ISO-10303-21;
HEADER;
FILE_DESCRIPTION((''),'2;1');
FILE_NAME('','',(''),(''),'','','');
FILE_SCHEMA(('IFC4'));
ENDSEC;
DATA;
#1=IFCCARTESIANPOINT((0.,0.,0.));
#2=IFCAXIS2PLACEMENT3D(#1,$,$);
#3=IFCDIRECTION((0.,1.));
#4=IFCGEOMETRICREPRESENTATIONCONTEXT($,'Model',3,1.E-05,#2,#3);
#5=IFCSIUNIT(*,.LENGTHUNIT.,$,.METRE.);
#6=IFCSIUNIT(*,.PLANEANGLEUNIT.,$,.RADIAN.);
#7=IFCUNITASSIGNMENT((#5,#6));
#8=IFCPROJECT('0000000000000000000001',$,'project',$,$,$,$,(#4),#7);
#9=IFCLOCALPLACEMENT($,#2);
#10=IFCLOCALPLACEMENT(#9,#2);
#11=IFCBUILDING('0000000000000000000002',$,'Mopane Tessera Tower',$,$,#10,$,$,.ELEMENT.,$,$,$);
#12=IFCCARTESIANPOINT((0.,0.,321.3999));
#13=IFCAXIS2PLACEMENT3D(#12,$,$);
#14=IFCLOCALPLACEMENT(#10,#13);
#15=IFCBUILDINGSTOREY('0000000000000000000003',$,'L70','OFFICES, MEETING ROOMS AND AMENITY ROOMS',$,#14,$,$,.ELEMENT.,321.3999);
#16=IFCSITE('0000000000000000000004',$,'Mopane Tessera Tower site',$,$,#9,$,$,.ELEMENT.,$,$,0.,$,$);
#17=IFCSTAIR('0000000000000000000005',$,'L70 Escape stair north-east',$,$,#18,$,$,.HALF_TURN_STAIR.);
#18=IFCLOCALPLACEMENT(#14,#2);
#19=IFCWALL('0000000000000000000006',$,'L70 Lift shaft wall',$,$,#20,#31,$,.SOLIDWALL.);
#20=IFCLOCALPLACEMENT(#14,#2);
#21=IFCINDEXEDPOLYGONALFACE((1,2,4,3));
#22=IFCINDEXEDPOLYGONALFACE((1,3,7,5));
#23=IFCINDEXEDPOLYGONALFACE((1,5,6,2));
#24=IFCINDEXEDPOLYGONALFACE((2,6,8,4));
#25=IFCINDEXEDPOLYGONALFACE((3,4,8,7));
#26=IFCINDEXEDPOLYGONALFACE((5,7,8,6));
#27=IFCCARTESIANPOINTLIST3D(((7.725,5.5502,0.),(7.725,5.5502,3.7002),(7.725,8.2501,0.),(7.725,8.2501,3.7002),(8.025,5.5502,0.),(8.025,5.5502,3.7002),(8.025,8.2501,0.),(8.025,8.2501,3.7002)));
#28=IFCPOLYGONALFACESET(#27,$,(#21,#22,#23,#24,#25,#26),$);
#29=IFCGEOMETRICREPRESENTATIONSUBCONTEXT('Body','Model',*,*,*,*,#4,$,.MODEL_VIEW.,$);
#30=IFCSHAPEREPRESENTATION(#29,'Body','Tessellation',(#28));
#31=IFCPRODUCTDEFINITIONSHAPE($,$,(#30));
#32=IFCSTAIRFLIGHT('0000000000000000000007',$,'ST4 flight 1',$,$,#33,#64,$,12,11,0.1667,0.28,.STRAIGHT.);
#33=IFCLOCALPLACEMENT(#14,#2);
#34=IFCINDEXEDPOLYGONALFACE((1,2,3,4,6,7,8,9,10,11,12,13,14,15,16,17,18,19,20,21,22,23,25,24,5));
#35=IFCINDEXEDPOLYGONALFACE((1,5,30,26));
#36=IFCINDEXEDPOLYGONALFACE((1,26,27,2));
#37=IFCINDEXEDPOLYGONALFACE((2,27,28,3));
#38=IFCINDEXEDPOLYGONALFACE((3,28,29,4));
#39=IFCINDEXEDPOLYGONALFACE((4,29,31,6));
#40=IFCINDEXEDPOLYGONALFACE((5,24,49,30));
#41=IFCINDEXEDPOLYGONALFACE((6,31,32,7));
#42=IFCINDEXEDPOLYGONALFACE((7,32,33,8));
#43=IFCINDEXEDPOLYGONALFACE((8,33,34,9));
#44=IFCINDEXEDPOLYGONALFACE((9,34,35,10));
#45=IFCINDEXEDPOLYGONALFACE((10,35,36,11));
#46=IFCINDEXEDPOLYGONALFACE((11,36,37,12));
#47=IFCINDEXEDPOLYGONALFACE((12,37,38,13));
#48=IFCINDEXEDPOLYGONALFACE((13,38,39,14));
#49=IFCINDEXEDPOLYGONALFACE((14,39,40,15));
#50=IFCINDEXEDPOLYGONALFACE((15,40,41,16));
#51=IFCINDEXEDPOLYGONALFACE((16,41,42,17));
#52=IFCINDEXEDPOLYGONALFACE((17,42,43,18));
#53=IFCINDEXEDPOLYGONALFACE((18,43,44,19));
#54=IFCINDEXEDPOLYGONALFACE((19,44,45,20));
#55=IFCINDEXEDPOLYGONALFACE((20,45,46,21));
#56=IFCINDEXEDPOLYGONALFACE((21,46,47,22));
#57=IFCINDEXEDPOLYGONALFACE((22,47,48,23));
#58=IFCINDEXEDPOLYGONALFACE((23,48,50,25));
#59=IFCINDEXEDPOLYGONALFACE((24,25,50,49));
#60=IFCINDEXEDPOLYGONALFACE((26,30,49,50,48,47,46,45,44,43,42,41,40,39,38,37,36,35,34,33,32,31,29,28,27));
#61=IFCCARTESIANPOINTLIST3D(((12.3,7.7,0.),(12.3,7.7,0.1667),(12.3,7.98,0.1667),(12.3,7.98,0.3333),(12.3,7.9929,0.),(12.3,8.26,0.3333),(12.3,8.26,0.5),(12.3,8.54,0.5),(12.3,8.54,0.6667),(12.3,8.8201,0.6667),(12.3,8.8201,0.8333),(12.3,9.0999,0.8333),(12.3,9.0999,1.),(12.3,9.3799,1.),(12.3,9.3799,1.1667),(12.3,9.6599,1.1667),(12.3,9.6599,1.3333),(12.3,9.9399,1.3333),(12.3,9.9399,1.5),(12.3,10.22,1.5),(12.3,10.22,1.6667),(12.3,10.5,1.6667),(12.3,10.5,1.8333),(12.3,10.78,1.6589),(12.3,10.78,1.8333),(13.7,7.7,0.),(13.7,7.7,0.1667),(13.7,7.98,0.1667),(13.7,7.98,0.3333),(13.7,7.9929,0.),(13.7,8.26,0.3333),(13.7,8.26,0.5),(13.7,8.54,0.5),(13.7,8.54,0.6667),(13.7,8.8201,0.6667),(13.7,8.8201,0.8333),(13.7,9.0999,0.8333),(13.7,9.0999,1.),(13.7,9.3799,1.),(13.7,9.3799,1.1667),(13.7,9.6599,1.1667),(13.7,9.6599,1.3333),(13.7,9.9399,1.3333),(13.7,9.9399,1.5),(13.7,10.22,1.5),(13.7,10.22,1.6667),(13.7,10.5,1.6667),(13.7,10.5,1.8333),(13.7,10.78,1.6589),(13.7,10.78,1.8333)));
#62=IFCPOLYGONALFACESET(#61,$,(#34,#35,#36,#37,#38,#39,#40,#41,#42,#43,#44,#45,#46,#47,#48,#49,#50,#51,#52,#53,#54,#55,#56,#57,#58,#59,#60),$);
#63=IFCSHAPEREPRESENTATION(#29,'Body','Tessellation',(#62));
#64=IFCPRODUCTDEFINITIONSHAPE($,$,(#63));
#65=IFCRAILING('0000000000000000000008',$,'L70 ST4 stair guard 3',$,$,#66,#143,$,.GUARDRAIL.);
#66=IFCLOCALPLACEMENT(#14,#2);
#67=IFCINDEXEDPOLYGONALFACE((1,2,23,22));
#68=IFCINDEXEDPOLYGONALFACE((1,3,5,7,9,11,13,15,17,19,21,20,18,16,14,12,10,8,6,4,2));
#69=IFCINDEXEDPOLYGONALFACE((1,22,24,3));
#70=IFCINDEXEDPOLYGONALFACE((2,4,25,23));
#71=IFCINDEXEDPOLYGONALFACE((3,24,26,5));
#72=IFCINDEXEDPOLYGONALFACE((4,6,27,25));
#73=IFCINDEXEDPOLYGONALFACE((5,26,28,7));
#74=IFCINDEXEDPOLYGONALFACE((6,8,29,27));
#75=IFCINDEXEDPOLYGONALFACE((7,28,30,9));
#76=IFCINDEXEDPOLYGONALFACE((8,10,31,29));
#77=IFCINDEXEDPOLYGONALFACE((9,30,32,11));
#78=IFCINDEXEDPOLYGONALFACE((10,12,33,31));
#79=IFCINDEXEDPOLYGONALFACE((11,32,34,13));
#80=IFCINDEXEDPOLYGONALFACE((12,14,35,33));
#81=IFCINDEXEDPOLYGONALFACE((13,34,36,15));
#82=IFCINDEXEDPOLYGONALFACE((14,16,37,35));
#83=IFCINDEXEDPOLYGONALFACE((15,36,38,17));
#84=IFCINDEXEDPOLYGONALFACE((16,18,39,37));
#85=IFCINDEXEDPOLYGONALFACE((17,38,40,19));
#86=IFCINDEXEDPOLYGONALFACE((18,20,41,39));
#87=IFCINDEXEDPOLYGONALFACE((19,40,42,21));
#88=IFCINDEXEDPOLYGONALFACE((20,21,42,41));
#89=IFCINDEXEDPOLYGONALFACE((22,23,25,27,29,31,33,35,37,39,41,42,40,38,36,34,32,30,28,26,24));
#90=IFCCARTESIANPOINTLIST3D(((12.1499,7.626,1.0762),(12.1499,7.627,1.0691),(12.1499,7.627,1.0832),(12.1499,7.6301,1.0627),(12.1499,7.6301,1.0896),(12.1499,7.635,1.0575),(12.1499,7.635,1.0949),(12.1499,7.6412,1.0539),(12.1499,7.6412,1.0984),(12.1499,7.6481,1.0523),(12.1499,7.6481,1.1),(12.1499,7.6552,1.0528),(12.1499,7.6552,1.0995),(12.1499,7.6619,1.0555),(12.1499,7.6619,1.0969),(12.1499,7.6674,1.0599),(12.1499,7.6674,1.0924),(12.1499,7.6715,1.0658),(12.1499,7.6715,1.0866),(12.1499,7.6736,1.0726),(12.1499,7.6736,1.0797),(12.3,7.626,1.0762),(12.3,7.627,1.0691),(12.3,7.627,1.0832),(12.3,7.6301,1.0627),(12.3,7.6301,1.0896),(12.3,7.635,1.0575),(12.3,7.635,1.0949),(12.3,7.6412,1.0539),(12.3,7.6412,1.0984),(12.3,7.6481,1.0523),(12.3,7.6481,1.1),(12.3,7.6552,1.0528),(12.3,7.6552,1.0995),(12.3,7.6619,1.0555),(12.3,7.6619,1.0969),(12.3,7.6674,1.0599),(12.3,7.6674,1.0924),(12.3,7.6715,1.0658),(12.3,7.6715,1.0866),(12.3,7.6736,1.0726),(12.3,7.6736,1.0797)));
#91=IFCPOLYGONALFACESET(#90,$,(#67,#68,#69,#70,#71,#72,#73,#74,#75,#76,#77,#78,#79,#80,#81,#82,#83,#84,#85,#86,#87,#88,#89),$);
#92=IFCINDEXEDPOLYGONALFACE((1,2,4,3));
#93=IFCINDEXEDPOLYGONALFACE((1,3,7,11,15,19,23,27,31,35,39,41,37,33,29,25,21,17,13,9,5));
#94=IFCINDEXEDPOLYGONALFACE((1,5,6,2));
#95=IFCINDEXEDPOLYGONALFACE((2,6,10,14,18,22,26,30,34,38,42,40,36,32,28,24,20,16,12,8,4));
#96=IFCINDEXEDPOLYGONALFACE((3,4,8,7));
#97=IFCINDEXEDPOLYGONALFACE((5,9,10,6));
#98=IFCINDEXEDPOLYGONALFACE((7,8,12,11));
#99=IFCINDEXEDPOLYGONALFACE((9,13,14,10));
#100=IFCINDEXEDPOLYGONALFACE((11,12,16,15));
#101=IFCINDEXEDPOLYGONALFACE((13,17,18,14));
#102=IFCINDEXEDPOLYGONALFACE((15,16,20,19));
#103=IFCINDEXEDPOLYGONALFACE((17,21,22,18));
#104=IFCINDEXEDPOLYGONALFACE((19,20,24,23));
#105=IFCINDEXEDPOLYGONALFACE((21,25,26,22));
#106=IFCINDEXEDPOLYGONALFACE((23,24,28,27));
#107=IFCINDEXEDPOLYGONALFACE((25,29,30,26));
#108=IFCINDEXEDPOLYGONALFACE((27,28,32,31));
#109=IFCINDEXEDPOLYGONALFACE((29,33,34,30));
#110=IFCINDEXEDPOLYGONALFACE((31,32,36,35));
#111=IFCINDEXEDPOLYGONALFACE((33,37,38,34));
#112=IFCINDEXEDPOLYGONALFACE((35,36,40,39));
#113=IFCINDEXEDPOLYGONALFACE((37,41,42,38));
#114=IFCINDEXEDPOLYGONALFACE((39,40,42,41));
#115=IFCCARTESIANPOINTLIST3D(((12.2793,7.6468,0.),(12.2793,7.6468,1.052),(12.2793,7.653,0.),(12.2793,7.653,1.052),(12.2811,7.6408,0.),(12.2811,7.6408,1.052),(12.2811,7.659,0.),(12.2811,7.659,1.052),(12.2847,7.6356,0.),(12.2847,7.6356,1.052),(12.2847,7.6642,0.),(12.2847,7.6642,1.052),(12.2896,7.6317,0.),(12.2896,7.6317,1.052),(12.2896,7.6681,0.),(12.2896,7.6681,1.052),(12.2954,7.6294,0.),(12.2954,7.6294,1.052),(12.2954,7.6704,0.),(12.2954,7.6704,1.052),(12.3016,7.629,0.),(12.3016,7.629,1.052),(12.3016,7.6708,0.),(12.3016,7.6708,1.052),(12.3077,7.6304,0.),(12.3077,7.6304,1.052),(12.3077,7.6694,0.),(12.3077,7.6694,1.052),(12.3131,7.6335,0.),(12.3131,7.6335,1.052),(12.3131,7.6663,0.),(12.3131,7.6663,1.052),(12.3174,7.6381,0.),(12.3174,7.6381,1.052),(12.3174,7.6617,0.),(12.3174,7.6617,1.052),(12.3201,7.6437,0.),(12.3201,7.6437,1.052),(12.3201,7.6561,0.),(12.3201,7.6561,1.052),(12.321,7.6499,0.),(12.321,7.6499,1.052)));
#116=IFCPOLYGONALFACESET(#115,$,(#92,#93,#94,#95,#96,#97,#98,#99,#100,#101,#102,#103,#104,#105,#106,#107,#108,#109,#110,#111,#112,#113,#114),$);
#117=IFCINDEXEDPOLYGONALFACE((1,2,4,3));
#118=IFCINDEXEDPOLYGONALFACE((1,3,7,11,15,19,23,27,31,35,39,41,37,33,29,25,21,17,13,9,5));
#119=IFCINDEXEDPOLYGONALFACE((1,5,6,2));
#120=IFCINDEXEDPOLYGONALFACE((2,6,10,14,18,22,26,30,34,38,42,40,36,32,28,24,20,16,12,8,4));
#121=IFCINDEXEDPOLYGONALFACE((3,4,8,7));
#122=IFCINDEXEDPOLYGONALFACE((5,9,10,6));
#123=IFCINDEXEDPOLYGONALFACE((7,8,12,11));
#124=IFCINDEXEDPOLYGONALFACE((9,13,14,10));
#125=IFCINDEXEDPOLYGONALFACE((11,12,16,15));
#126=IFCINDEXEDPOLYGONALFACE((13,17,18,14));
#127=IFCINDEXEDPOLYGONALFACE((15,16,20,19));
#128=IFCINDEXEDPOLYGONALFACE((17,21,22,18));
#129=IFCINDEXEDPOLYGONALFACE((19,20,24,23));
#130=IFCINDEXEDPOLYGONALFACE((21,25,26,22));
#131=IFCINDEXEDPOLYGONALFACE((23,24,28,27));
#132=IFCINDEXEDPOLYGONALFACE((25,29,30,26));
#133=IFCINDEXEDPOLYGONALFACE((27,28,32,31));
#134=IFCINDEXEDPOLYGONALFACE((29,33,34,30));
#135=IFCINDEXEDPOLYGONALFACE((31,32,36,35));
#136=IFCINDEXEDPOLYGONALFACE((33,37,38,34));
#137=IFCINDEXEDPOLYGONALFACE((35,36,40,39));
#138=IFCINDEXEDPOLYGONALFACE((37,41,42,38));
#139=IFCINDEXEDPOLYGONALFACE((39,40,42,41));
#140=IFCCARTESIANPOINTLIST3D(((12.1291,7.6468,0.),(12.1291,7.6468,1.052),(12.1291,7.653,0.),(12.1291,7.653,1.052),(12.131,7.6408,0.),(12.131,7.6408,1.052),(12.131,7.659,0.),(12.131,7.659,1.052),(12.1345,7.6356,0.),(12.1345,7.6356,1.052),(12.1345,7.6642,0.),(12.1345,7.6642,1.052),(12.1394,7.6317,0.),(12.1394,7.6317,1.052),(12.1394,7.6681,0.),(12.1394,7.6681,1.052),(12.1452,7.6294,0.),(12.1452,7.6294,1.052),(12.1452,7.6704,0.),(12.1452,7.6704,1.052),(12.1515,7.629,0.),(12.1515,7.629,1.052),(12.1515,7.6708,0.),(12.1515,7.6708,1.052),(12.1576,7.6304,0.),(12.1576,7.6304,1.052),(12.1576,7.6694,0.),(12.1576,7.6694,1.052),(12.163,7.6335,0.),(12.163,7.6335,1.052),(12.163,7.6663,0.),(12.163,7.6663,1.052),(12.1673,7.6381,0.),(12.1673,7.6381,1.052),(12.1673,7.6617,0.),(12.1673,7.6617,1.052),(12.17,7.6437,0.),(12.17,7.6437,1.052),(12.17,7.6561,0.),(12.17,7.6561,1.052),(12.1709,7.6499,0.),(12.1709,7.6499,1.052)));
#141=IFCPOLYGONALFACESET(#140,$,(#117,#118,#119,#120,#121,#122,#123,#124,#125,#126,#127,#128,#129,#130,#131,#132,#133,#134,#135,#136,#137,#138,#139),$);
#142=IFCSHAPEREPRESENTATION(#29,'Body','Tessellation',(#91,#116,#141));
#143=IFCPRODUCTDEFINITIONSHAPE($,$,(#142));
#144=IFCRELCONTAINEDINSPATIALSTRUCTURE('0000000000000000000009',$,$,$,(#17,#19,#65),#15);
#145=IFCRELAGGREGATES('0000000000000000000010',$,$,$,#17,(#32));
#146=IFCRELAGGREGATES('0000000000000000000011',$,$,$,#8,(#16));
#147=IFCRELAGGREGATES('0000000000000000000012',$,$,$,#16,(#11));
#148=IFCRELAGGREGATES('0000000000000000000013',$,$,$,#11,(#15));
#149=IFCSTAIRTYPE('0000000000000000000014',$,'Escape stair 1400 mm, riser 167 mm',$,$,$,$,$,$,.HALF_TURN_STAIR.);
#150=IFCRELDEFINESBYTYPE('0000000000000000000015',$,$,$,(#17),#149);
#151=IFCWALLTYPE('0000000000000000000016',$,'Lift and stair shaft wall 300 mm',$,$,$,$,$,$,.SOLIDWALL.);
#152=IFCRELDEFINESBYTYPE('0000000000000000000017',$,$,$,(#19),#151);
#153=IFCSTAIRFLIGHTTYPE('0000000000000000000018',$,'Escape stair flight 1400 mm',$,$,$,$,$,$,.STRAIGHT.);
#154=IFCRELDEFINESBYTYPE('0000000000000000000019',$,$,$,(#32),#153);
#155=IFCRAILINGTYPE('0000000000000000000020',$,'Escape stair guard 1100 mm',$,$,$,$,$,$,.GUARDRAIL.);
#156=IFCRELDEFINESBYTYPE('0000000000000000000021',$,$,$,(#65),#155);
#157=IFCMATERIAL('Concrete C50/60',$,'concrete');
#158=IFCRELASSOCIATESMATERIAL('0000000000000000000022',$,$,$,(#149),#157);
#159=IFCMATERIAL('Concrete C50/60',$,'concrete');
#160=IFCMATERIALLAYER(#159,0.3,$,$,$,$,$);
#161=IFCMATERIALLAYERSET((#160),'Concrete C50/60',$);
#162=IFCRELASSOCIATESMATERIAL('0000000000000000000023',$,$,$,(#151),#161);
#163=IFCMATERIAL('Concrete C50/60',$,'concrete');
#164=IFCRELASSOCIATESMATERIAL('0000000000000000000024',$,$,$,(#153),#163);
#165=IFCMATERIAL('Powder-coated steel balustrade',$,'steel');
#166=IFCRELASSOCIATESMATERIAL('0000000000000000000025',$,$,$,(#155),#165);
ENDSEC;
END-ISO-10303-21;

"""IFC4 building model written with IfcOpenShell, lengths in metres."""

from ifc_helpers import new_model, si_unit, direction, frame, frame_2d, origin, origin_2d, place, context, subcontext, project, spatial, polyline, rectangle, circle, outline, extrude, material, layer, layer_set, type_object, element, aggregate, save


model = new_model("IFC4")

# Units and contexts
model_context = context("Model", 3, precision=1e-05, world=origin(), true_north=direction((0.0, 1.0)))
body_context = subcontext(model_context, "Body", "Model", "MODEL_VIEW")
ifc_project = project(units=[si_unit("LENGTHUNIT", "METRE"), si_unit("PLANEANGLEUNIT", "RADIAN")], contexts=[model_context])

# Site, building, storey
site_placement = place(None, origin())
site = spatial("IfcSite", under=ifc_project, at=site_placement, Name="Mopane Tessera Tower site", CompositionType="ELEMENT", RefElevation=0.0)
building_placement = place(site_placement, origin())
building = spatial("IfcBuilding", under=site, at=building_placement, Name="Mopane Tessera Tower", CompositionType="ELEMENT")
storey_placement = place(building_placement, frame((0.0, 0.0, 321.3999)))
storey = spatial("IfcBuildingStorey", under=building, at=storey_placement, Name="L70", Description="OFFICES, MEETING ROOMS AND AMENITY ROOMS", CompositionType="ELEMENT", Elevation=321.3999)

# Stair
ifc_material_1 = material(Name="Concrete C50/60", Category="concrete")
stair_type = type_object("IfcStairType", Name="Escape stair 1400 mm, riser 167 mm", PredefinedType="HALF_TURN_STAIR", material=ifc_material_1)
stair_1_placement = place(storey_placement, origin())
stair_1 = element("IfcStair", 1, at=stair_1_placement, inside=storey, type_object=stair_type, Name="L70 Escape stair north-east", PredefinedType="HALF_TURN_STAIR")

# Shared definitions
ifc_material_2 = material(Name="Concrete C50/60", Category="concrete")
ifc_layer_1 = layer(ifc_material_2, 0.3)
ifc_layer_set_1 = layer_set([ifc_layer_1], Name="Concrete C50/60")
wall_type_1 = type_object("IfcWallType", Name="Lift and stair shaft wall 300 mm", PredefinedType="SOLIDWALL", material=ifc_layer_set_1)

# Wall
for number, where, z_axis, x_axis, name in (
    (2, (7.875, 5.55, 0.0), (0.0, 0.0, 1.0), (0.0, 1.0, 0.0), "L70 Lift shaft wall"),
):
    element("IfcWall", number, at=place(storey_placement, frame(where, z_axis=z_axis, x_axis=x_axis)), inside=storey, type_object=wall_type_1, Name=name, PredefinedType="SOLIDWALL", context=body_context, shape_type="SweptSolid", body=[
        extrude(rectangle(XDim=2.7, YDim=0.3, at=frame_2d((1.3501, 0.0))), origin(), (0.0, 0.0, 1.0), 3.7002),
    ])

# Stair flight
ifc_material_3 = material(Name="Concrete C50/60", Category="concrete")
stair_flight_type = type_object("IfcStairFlightType", Name="Escape stair flight 1400 mm", PredefinedType="STRAIGHT", material=ifc_material_3)
stair_flight_placement = place(storey_placement, frame((13.0, 7.7, 0.0), z_axis=(0.0, 0.0, 1.0), x_axis=(0.0, 1.0, 0.0)))
stair_flight = element("IfcStairFlight", 3, at=stair_flight_placement, type_object=stair_flight_type, Name="ST4 flight 1", NumberOfRisers=12, NumberOfTreads=11, PredefinedType="STRAIGHT", RiserHeight=0.1667, TreadLength=0.28, context=body_context, shape_type="SweptSolid", body=[
    extrude(outline(polyline([(0.0, 0.0), (0.0, 0.1667), (0.28, 0.1667), (0.28, 0.3333), (0.5601, 0.3333), (0.5601, 0.5), (0.8401, 0.5), (0.8401, 0.6667), (1.1201, 0.6667), (1.1201, 0.8333), (1.3999, 0.8333), (1.3999, 1.0), (1.6799, 1.0), (1.6799, 1.1667), (1.96, 1.1667), (1.96, 1.3333), (2.24, 1.3333), (2.24, 1.5), (2.52, 1.5), (2.52, 1.6667), (2.8, 1.6667), (2.8, 1.8333), (3.0801, 1.8333), (3.0801, 2.0), (3.0801, 1.6589), (0.293, 0.0), (0.0, 0.0)])), frame((0.0, 0.7, 0.0), z_axis=(0.0, -1.0, 0.0), x_axis=(1.0, 0.0, 0.0)), (0.0, 0.0, 1.0), 1.3999),
])
aggregate(stair_1, [stair_flight])

# Railing
ifc_material_4 = material(Name="Powder-coated steel balustrade", Category="steel")
railing_type_1 = type_object("IfcRailingType", Name="Escape stair guard 1100 mm", PredefinedType="GUARDRAIL", material=ifc_material_4)
railing_1_placement = place(storey_placement, frame((12.3, 7.6499, 0.0)))
element("IfcRailing", 4, at=railing_1_placement, inside=storey, type_object=railing_type_1, Name="L70 ST4 stair guard 3", PredefinedType="GUARDRAIL", context=body_context, shape_type="SweptSolid", body=[
    extrude(circle(Radius=0.0239, at=origin_2d()), frame((0.0, 0.0, 1.0762), z_axis=(-1.0, 0.0, 0.0), x_axis=(0.0, -1.0, 0.0)), (0.0, 0.0, 1.0), 0.1501),
    extrude(circle(Radius=0.021, at=origin_2d()), origin(), (0.0, 0.0, 1.0), 1.052),
    extrude(circle(Radius=0.021, at=origin_2d()), frame((-0.1501, 0.0, 0.0)), (0.0, 0.0, 1.0), 1.052),
])

save(model, "model.ifc")
